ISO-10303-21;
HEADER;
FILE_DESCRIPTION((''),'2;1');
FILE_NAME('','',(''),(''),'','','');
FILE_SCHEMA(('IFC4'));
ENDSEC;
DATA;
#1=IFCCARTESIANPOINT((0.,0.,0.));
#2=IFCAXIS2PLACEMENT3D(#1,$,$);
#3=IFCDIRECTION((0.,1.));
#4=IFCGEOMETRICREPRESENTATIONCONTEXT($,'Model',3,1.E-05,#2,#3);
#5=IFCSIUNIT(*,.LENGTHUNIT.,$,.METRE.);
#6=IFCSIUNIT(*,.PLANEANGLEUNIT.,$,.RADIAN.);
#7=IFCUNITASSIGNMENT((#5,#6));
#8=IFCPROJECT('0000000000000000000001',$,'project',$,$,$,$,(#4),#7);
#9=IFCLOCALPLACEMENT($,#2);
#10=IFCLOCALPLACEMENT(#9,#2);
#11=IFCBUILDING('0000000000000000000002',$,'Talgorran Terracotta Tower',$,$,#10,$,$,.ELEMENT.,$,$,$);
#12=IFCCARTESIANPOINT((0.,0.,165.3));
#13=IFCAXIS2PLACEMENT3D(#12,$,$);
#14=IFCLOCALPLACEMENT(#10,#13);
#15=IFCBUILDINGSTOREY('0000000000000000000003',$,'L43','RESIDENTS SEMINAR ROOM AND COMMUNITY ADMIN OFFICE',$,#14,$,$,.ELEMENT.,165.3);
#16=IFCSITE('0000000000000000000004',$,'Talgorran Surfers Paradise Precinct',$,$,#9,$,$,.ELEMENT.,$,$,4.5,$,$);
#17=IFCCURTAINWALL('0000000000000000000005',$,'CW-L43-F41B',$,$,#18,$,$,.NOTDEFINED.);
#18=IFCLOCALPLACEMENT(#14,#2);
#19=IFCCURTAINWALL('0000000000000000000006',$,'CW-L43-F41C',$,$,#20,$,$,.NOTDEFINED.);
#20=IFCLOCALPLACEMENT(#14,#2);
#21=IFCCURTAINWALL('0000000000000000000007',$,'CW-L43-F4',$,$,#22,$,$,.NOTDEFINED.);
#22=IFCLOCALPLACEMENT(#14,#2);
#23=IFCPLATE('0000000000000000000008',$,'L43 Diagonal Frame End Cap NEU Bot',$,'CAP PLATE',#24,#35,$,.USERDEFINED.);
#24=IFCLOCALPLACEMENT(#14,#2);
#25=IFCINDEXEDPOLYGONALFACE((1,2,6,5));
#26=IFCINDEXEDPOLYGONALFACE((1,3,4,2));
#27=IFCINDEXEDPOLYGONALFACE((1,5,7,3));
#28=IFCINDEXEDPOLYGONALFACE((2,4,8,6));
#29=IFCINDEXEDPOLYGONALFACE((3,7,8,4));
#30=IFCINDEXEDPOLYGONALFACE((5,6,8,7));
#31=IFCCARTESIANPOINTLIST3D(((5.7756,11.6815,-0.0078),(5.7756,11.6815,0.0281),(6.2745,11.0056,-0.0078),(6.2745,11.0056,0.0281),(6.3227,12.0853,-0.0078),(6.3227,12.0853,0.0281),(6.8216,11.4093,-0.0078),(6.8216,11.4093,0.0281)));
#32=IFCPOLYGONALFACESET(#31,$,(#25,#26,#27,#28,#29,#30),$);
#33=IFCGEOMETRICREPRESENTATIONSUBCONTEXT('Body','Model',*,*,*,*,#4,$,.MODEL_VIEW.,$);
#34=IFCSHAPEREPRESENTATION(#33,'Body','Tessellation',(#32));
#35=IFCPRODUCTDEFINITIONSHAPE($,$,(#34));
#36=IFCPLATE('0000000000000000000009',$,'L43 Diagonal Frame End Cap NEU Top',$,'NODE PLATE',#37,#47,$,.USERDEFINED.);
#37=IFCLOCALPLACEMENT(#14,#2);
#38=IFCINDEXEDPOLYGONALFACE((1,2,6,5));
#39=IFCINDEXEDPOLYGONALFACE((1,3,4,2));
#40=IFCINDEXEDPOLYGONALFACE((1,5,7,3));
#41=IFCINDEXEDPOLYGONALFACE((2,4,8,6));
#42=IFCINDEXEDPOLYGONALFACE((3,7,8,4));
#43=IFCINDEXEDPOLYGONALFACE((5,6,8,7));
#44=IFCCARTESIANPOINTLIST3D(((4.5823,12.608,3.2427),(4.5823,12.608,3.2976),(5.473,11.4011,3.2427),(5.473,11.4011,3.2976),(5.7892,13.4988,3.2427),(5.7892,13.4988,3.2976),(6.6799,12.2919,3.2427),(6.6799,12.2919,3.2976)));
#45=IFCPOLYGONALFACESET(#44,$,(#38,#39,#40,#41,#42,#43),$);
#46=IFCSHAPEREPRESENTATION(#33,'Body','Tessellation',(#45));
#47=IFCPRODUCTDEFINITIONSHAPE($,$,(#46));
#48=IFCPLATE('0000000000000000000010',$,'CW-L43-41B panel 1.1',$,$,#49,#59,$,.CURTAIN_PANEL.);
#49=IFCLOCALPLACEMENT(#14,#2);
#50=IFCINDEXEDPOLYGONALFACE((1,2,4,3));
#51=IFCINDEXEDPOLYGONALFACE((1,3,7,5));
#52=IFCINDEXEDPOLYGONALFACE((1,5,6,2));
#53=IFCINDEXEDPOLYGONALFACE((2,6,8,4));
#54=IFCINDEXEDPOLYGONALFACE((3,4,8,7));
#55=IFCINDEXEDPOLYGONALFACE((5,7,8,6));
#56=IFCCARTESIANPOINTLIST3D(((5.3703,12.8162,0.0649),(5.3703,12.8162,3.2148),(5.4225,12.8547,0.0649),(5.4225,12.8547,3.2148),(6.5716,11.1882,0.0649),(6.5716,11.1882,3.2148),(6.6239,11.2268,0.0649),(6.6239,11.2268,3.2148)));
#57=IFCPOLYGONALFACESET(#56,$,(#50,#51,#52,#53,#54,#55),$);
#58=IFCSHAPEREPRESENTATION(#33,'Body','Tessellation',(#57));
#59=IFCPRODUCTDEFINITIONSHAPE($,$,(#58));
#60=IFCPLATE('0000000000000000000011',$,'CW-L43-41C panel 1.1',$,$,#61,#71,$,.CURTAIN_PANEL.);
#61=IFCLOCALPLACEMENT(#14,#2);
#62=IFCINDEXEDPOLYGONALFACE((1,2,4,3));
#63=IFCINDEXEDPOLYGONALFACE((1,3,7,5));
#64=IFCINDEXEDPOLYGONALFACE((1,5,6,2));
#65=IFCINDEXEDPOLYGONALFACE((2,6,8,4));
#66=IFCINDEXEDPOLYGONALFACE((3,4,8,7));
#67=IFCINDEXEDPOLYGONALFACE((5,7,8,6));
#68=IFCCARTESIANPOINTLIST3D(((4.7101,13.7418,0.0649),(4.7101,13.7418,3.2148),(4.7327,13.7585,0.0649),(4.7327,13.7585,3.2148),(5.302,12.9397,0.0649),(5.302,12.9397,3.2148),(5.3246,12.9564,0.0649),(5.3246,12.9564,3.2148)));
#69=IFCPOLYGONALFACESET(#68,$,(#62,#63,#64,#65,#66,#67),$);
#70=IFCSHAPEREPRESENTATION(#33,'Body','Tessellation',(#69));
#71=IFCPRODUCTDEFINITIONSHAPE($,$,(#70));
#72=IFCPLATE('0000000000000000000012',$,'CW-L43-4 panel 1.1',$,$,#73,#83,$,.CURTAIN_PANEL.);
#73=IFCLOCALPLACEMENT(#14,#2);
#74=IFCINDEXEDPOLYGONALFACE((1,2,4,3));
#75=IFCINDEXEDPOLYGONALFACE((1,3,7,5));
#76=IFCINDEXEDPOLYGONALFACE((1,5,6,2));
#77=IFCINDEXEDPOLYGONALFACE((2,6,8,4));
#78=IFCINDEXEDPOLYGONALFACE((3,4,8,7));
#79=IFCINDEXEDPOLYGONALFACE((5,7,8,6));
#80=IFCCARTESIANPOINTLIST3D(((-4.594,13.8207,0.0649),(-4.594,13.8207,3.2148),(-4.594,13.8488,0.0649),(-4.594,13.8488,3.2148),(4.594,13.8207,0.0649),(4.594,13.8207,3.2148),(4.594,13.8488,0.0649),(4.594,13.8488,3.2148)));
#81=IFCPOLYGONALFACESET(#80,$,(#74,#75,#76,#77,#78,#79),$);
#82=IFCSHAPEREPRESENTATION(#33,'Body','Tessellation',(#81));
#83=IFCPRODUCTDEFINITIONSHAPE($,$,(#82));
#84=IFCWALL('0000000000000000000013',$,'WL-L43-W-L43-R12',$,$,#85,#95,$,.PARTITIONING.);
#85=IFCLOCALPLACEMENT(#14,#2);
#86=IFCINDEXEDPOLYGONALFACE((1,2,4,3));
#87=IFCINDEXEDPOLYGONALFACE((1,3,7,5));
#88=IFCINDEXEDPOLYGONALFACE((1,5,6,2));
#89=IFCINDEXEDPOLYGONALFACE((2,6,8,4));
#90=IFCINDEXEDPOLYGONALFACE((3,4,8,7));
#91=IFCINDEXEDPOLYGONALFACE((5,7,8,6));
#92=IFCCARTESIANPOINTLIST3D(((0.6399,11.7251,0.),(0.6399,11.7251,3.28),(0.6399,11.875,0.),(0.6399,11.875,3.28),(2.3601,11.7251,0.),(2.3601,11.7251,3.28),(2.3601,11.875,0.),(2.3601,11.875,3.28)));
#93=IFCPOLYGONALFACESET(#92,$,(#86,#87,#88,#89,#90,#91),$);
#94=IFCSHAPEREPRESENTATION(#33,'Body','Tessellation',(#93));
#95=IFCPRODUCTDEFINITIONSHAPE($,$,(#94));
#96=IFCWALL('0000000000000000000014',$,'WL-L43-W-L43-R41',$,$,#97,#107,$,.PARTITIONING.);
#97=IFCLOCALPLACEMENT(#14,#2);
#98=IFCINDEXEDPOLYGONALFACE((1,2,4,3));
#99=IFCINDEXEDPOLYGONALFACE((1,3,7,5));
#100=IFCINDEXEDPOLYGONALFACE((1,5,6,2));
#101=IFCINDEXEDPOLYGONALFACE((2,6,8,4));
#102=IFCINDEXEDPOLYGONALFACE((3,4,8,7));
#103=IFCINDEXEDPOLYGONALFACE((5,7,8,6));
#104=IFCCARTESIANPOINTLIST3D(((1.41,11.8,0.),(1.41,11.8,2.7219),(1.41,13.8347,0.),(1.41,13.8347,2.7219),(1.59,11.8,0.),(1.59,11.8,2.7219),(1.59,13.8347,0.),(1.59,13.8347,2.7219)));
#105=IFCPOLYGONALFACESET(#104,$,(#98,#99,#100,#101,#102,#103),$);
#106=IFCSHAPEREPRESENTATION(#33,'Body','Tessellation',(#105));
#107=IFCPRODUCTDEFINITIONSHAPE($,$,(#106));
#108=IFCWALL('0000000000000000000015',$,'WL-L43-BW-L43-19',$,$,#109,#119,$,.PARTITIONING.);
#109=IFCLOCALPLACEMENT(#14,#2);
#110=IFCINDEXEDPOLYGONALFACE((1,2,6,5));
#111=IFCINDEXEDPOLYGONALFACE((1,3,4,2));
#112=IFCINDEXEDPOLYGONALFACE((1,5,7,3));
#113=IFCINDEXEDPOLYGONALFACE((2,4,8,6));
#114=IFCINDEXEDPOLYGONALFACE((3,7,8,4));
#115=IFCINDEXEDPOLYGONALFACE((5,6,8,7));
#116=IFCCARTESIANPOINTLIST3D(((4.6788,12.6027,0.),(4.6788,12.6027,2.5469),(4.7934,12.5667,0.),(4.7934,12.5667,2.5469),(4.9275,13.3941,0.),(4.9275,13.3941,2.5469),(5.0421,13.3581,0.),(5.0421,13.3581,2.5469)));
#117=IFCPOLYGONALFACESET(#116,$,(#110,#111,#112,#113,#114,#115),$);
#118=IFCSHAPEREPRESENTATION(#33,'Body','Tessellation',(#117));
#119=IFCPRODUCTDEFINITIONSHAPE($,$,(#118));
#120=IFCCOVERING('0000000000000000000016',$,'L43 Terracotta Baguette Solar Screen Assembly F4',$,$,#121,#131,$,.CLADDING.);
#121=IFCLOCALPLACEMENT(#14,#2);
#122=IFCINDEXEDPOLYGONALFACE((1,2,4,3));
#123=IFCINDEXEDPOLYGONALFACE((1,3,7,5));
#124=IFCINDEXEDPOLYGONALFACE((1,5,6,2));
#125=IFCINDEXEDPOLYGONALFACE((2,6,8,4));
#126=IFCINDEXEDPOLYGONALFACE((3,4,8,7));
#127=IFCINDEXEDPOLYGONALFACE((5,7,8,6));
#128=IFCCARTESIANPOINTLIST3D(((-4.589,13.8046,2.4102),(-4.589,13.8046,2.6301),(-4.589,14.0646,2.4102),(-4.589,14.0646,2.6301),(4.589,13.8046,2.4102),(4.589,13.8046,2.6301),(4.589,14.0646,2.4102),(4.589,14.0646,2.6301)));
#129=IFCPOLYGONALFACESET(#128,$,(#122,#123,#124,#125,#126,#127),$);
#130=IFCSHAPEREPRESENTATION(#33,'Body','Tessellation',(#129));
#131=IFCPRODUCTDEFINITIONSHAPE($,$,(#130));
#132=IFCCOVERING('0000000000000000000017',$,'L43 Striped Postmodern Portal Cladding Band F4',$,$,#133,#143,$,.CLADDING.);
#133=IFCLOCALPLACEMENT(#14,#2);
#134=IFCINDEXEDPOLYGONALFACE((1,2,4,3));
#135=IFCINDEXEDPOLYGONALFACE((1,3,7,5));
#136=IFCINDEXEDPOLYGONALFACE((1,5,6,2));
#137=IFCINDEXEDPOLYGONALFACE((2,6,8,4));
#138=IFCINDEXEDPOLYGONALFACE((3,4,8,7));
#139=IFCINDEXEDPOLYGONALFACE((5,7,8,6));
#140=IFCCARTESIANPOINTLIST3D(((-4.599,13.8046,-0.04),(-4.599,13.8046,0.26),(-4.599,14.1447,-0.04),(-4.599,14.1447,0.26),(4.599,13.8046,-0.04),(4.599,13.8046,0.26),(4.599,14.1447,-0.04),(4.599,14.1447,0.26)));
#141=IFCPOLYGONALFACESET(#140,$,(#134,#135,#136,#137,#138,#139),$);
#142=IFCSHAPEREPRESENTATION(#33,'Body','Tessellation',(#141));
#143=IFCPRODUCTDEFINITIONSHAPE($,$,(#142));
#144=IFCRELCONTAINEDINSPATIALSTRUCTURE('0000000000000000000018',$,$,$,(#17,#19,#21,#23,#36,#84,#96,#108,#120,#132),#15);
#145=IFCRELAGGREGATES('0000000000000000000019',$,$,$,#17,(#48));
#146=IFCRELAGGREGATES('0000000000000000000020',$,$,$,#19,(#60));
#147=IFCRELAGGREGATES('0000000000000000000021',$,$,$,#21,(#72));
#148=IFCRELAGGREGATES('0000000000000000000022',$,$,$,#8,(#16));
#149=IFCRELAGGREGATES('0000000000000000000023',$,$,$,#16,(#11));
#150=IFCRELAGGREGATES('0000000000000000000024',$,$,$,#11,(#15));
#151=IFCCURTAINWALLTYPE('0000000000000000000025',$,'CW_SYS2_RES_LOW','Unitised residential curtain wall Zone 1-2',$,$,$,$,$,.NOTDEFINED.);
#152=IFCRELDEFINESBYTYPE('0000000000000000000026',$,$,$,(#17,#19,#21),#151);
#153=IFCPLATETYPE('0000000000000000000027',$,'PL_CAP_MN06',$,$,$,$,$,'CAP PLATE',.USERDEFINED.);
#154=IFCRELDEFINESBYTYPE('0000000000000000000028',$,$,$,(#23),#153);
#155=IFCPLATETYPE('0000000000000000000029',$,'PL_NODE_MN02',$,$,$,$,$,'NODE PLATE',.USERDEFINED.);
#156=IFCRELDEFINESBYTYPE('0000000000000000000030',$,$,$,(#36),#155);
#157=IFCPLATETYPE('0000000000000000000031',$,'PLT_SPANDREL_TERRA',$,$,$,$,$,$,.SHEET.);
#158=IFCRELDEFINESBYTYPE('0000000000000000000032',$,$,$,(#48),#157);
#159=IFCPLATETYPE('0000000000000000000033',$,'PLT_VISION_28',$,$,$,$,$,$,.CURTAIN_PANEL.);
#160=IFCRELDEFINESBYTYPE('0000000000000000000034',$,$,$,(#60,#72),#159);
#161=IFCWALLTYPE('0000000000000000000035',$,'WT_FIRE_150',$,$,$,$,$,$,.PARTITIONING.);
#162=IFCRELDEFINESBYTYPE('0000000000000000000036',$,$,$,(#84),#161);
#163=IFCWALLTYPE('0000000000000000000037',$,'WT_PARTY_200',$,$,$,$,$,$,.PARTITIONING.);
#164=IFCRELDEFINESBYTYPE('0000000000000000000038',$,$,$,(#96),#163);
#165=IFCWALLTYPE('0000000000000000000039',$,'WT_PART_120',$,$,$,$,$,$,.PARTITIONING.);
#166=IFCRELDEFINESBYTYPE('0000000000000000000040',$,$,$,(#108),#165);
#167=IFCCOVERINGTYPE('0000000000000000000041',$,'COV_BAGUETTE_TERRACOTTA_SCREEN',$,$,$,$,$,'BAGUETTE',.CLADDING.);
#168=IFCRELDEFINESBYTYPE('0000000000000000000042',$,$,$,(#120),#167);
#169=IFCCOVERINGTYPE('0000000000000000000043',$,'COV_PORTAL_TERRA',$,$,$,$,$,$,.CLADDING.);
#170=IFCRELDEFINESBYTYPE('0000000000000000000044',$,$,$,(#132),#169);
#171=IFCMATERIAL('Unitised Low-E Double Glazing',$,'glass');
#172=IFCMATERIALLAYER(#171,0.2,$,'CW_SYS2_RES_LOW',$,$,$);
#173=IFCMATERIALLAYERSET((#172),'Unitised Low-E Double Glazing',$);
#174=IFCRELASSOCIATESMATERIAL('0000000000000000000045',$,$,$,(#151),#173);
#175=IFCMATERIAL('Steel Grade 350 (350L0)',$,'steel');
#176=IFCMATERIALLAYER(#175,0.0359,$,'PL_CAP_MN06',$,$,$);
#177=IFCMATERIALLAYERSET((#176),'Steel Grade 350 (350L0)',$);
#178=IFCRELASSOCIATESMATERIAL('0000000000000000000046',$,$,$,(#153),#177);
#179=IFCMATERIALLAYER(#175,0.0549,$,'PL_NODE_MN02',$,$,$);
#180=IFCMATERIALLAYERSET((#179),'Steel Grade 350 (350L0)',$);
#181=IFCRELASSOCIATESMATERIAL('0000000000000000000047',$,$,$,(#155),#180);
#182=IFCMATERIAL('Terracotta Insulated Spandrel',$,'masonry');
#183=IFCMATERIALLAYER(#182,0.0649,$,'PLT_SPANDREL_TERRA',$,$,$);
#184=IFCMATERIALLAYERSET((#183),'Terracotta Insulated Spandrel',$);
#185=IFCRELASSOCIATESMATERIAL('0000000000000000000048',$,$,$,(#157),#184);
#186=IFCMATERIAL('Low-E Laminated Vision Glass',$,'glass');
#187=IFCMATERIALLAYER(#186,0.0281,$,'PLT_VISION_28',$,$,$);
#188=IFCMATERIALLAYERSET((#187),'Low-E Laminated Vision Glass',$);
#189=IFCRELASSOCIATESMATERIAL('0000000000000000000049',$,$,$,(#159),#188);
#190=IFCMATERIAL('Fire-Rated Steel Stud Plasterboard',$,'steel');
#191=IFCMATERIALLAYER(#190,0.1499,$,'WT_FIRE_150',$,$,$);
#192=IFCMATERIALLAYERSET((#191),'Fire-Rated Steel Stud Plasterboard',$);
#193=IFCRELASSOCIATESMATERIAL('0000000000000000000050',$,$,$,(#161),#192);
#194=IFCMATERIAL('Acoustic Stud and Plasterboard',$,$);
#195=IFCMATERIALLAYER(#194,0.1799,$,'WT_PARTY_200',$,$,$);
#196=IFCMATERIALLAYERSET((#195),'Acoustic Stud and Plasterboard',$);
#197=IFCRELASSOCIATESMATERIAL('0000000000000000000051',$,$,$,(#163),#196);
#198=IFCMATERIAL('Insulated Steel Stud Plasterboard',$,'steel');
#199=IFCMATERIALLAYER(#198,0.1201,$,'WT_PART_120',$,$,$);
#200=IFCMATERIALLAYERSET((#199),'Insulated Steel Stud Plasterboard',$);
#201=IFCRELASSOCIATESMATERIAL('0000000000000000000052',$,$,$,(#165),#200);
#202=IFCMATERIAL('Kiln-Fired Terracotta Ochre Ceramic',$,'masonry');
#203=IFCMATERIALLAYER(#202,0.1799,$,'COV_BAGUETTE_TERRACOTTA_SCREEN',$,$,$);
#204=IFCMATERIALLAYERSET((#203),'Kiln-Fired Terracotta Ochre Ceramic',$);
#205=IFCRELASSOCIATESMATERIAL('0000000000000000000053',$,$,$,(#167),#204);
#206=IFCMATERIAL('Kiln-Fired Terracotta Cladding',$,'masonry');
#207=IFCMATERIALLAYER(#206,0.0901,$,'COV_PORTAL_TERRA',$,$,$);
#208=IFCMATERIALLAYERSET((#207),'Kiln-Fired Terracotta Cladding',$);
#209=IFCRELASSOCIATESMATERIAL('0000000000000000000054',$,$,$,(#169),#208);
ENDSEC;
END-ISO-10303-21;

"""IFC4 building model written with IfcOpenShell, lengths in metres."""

from ifc_helpers import new_model, si_unit, direction, frame, frame_2d, origin, origin_2d, place, context, subcontext, project, spatial, rectangle, extrude, source, transform, mapped, material, layer, layer_set, type_object, type_shapes, element, aggregate, save


model = new_model("IFC4")

# Units and contexts
model_context = context("Model", 3, precision=1e-05, world=origin(), true_north=direction((0.0, 1.0)))
body_context = subcontext(model_context, "Body", "Model", "MODEL_VIEW")
ifc_project = project(units=[si_unit("LENGTHUNIT", "METRE"), si_unit("PLANEANGLEUNIT", "RADIAN")], contexts=[model_context])

# Site, building, storey
site_placement = place(None, origin())
site = spatial("IfcSite", under=ifc_project, at=site_placement, Name="Talgorran Surfers Paradise Precinct", CompositionType="ELEMENT", RefElevation=4.5)
building_placement = place(site_placement, origin())
building = spatial("IfcBuilding", under=site, at=building_placement, Name="Talgorran Terracotta Tower", CompositionType="ELEMENT")
storey_placement = place(building_placement, frame((0.0, 0.0, 165.3)))
storey = spatial("IfcBuildingStorey", under=building, at=storey_placement, Name="L43", Description="RESIDENTS SEMINAR ROOM AND COMMUNITY ADMIN OFFICE", CompositionType="ELEMENT", Elevation=165.3)

# Shared definitions
ifc_material_1 = material(Name="Steel Grade 350 (350L0)", Category="steel")

# Curtain wall
ifc_material_2 = material(Name="Unitised Low-E Double Glazing", Category="glass")
ifc_layer_1 = layer(ifc_material_2, 0.2, Name="CW_SYS2_RES_LOW")
ifc_layer_set_1 = layer_set([ifc_layer_1], Name="Unitised Low-E Double Glazing")
curtain_wall_type = type_object("IfcCurtainWallType", Name="CW_SYS2_RES_LOW", Description="Unitised residential curtain wall Zone 1-2", PredefinedType="NOTDEFINED", material=ifc_layer_set_1)
curtain_wall_1_placement = place(storey_placement, origin())
curtain_wall_1 = element("IfcCurtainWall", 1, at=curtain_wall_1_placement, inside=storey, type_object=curtain_wall_type, Name="CW-L43-F41B", PredefinedType="NOTDEFINED")

# Curtain wall
curtain_wall_2_placement = place(storey_placement, origin())
curtain_wall_2 = element("IfcCurtainWall", 2, at=curtain_wall_2_placement, inside=storey, type_object=curtain_wall_type, Name="CW-L43-F41C", PredefinedType="NOTDEFINED")

# Curtain wall
curtain_wall_3_placement = place(storey_placement, origin())
curtain_wall_3 = element("IfcCurtainWall", 3, at=curtain_wall_3_placement, inside=storey, type_object=curtain_wall_type, Name="CW-L43-F4", PredefinedType="NOTDEFINED")

# Plates
ifc_layer_2 = layer(ifc_material_1, 0.0359, Name="PL_CAP_MN06")
ifc_layer_set_2 = layer_set([ifc_layer_2], Name="Steel Grade 350 (350L0)")
plate_type_1 = type_object("IfcPlateType", Name="PL_CAP_MN06", ElementType="CAP PLATE", PredefinedType="USERDEFINED", material=ifc_layer_set_2)
plate_1_placement = place(storey_placement, frame((6.2986, 11.5454, -0.0078), z_axis=(0.0, 0.0, 1.0), x_axis=(-0.59384, 0.804583, 0.0)))
element("IfcPlate", 4, at=plate_1_placement, inside=storey, type_object=plate_type_1, Name="L43 Diagonal Frame End Cap NEU Bot", ObjectType="CAP PLATE", PredefinedType="USERDEFINED", context=body_context, shape_type="SweptSolid", body=[
    extrude(rectangle(XDim=0.8401, YDim=0.6799, at=origin_2d()), origin(), (0.0, 0.0, 1.0), 0.0359),
])
ifc_layer_3 = layer(ifc_material_1, 0.0549, Name="PL_NODE_MN02")
ifc_layer_set_3 = layer_set([ifc_layer_3], Name="Steel Grade 350 (350L0)")
plate_type_2 = type_object("IfcPlateType", Name="PL_NODE_MN02", ElementType="NODE PLATE", PredefinedType="USERDEFINED", material=ifc_layer_set_3)
plate_2_placement = place(storey_placement, frame((5.6311, 12.45, 3.2427), z_axis=(0.0, 0.0, 1.0), x_axis=(-0.59384, 0.804583, 0.0)))
element("IfcPlate", 5, at=plate_2_placement, inside=storey, type_object=plate_type_2, Name="L43 Diagonal Frame End Cap NEU Top", ObjectType="NODE PLATE", PredefinedType="USERDEFINED", context=body_context, shape_type="SweptSolid", body=[
    extrude(rectangle(XDim=1.5, YDim=1.5, at=origin_2d()), origin(), (0.0, 0.0, 1.0), 0.0549),
])

# Plates
ifc_material_3 = material(Name="Terracotta Insulated Spandrel", Category="masonry")
ifc_layer_4 = layer(ifc_material_3, 0.0649, Name="PLT_SPANDREL_TERRA")
ifc_layer_set_4 = layer_set([ifc_layer_4], Name="Terracotta Insulated Spandrel")
plate_type_3 = type_object("IfcPlateType", Name="PLT_SPANDREL_TERRA", PredefinedType="SHEET", material=ifc_layer_set_4)
shared_shape_1 = source(origin(), body_context, "Body", "SweptSolid", [
    extrude(rectangle(XDim=2.0232, YDim=0.0649, at=origin_2d()), origin(), (0.0, 0.0, 1.0), 3.1499),
])
type_shapes(plate_type_3, [shared_shape_1])
plate_3_placement = place(storey_placement, frame((5.9971, 12.0215, 0.0649), z_axis=(0.0, 0.0, 1.0), x_axis=(-0.593785, 0.804624, 0.0)))
plate_3 = element("IfcPlate", 6, at=plate_3_placement, type_object=plate_type_3, Name="CW-L43-41B panel 1.1", PredefinedType="CURTAIN_PANEL", context=body_context, shape_type="MappedRepresentation", body=[
    mapped(shared_shape_1, transform((0.0, 0.0, 0.0), scale=1.0)),
])
aggregate(curtain_wall_1, [plate_3])
ifc_material_4 = material(Name="Low-E Laminated Vision Glass", Category="glass")
ifc_layer_5 = layer(ifc_material_4, 0.0281, Name="PLT_VISION_28")
ifc_layer_set_5 = layer_set([ifc_layer_5], Name="Low-E Laminated Vision Glass")
plate_type_4 = type_object("IfcPlateType", Name="PLT_VISION_28", PredefinedType="CURTAIN_PANEL", material=ifc_layer_set_5)
shared_shape_2 = source(origin(), body_context, "Body", "SweptSolid", [
    extrude(rectangle(XDim=0.9968, YDim=0.0281, at=origin_2d()), origin(), (0.0, 0.0, 1.0), 3.1499),
])
plate_4_placement = place(storey_placement, frame((5.0173, 13.3491, 0.0649), z_axis=(0.0, 0.0, 1.0), x_axis=(-0.593777, 0.80463, 0.0)))
plate_4 = element("IfcPlate", 7, at=plate_4_placement, type_object=plate_type_4, Name="CW-L43-41C panel 1.1", PredefinedType="CURTAIN_PANEL", context=body_context, shape_type="MappedRepresentation", body=[
    mapped(shared_shape_2, transform((0.0, 0.0, 0.0), scale=1.0)),
])
aggregate(curtain_wall_2, [plate_4])
shared_shape_3 = source(origin(), body_context, "Body", "SweptSolid", [
    extrude(rectangle(XDim=9.188, YDim=0.0281, at=origin_2d()), origin(), (0.0, 0.0, 1.0), 3.1499),
])
type_shapes(plate_type_4, [shared_shape_2, shared_shape_3])
plate_5_placement = place(storey_placement, frame((0.0, 13.8347, 0.0649), z_axis=(0.0, 0.0, 1.0), x_axis=(-1.0, 0.0, 0.0)))
plate_5 = element("IfcPlate", 8, at=plate_5_placement, type_object=plate_type_4, Name="CW-L43-4 panel 1.1", PredefinedType="CURTAIN_PANEL", context=body_context, shape_type="MappedRepresentation", body=[
    mapped(shared_shape_3, transform((0.0, 0.0, 0.0), scale=1.0)),
])
aggregate(curtain_wall_3, [plate_5])

# Walls
ifc_material_5 = material(Name="Fire-Rated Steel Stud Plasterboard", Category="steel")
ifc_layer_6 = layer(ifc_material_5, 0.1499, Name="WT_FIRE_150")
ifc_layer_set_6 = layer_set([ifc_layer_6], Name="Fire-Rated Steel Stud Plasterboard")
wall_type_1 = type_object("IfcWallType", Name="WT_FIRE_150", PredefinedType="PARTITIONING", material=ifc_layer_set_6)
wall_1_placement = place(storey_placement, frame((0.6399, 11.8, 0.0), z_axis=(0.0, 0.0, 1.0), x_axis=(1.0, 0.0, 0.0)))
element("IfcWall", 9, at=wall_1_placement, inside=storey, type_object=wall_type_1, Name="WL-L43-W-L43-R12", PredefinedType="PARTITIONING", context=body_context, shape_type="SweptSolid", body=[
    extrude(rectangle(XDim=1.7202, YDim=0.1499, at=frame_2d((0.8601, 0.0))), origin(), (0.0, 0.0, 1.0), 3.28),
])
ifc_material_6 = material(Name="Acoustic Stud and Plasterboard")
ifc_layer_7 = layer(ifc_material_6, 0.1799, Name="WT_PARTY_200")
ifc_layer_set_7 = layer_set([ifc_layer_7], Name="Acoustic Stud and Plasterboard")
wall_type_2 = type_object("IfcWallType", Name="WT_PARTY_200", PredefinedType="PARTITIONING", material=ifc_layer_set_7)
wall_2_placement = place(storey_placement, frame((1.5, 11.8, 0.0), z_axis=(0.0, 0.0, 1.0), x_axis=(0.0, 1.0, 0.0)))
element("IfcWall", 10, at=wall_2_placement, inside=storey, type_object=wall_type_2, Name="WL-L43-W-L43-R41", PredefinedType="PARTITIONING", context=body_context, shape_type="SweptSolid", body=[
    extrude(rectangle(XDim=2.0347, YDim=0.1799, at=frame_2d((1.0173, 0.0))), origin(), (0.0, 0.0, 1.0), 2.7219),
])
ifc_material_7 = material(Name="Insulated Steel Stud Plasterboard", Category="steel")
ifc_layer_8 = layer(ifc_material_7, 0.1201, Name="WT_PART_120")
ifc_layer_set_8 = layer_set([ifc_layer_8], Name="Insulated Steel Stud Plasterboard")
wall_type_3 = type_object("IfcWallType", Name="WT_PART_120", PredefinedType="PARTITIONING", material=ifc_layer_set_8)
wall_3_placement = place(storey_placement, frame((4.7361, 12.5847, 0.0), z_axis=(0.0, 0.0, 1.0), x_axis=(0.29985, 0.953987, 0.0)))
element("IfcWall", 11, at=wall_3_placement, inside=storey, type_object=wall_type_3, Name="WL-L43-BW-L43-19", PredefinedType="PARTITIONING", context=body_context, shape_type="SweptSolid", body=[
    extrude(rectangle(XDim=0.8296, YDim=0.1201, at=frame_2d((0.4148, 0.0))), origin(), (0.0, 0.0, 1.0), 2.5469),
])

# Coverings
ifc_material_8 = material(Name="Kiln-Fired Terracotta Ochre Ceramic", Category="masonry")
ifc_layer_9 = layer(ifc_material_8, 0.1799, Name="COV_BAGUETTE_TERRACOTTA_SCREEN")
ifc_layer_set_9 = layer_set([ifc_layer_9], Name="Kiln-Fired Terracotta Ochre Ceramic")
covering_type_1 = type_object("IfcCoveringType", Name="COV_BAGUETTE_TERRACOTTA_SCREEN", ElementType="BAGUETTE", PredefinedType="CLADDING", material=ifc_layer_set_9)
covering_1_placement = place(storey_placement, frame((0.0, 13.9346, 2.4102), z_axis=(0.0, 0.0, 1.0), x_axis=(-1.0, 0.0, 0.0)))
element("IfcCovering", 12, at=covering_1_placement, inside=storey, type_object=covering_type_1, Name="L43 Terracotta Baguette Solar Screen Assembly F4", PredefinedType="CLADDING", context=body_context, shape_type="SweptSolid", body=[
    extrude(rectangle(XDim=9.178, YDim=0.26, at=origin_2d()), origin(), (0.0, 0.0, 1.0), 0.22),
])
ifc_material_9 = material(Name="Kiln-Fired Terracotta Cladding", Category="masonry")
ifc_layer_10 = layer(ifc_material_9, 0.0901, Name="COV_PORTAL_TERRA")
ifc_layer_set_10 = layer_set([ifc_layer_10], Name="Kiln-Fired Terracotta Cladding")
covering_type_2 = type_object("IfcCoveringType", Name="COV_PORTAL_TERRA", PredefinedType="CLADDING", material=ifc_layer_set_10)
covering_2_placement = place(storey_placement, frame((0.0, 13.9746, -0.04), z_axis=(0.0, 0.0, 1.0), x_axis=(-1.0, 0.0, 0.0)))
element("IfcCovering", 13, at=covering_2_placement, inside=storey, type_object=covering_type_2, Name="L43 Striped Postmodern Portal Cladding Band F4", PredefinedType="CLADDING", context=body_context, shape_type="SweptSolid", body=[
    extrude(rectangle(XDim=9.198, YDim=0.3401, at=origin_2d()), origin(), (0.0, 0.0, 1.0), 0.3),
])

save(model, "model.ifc")
